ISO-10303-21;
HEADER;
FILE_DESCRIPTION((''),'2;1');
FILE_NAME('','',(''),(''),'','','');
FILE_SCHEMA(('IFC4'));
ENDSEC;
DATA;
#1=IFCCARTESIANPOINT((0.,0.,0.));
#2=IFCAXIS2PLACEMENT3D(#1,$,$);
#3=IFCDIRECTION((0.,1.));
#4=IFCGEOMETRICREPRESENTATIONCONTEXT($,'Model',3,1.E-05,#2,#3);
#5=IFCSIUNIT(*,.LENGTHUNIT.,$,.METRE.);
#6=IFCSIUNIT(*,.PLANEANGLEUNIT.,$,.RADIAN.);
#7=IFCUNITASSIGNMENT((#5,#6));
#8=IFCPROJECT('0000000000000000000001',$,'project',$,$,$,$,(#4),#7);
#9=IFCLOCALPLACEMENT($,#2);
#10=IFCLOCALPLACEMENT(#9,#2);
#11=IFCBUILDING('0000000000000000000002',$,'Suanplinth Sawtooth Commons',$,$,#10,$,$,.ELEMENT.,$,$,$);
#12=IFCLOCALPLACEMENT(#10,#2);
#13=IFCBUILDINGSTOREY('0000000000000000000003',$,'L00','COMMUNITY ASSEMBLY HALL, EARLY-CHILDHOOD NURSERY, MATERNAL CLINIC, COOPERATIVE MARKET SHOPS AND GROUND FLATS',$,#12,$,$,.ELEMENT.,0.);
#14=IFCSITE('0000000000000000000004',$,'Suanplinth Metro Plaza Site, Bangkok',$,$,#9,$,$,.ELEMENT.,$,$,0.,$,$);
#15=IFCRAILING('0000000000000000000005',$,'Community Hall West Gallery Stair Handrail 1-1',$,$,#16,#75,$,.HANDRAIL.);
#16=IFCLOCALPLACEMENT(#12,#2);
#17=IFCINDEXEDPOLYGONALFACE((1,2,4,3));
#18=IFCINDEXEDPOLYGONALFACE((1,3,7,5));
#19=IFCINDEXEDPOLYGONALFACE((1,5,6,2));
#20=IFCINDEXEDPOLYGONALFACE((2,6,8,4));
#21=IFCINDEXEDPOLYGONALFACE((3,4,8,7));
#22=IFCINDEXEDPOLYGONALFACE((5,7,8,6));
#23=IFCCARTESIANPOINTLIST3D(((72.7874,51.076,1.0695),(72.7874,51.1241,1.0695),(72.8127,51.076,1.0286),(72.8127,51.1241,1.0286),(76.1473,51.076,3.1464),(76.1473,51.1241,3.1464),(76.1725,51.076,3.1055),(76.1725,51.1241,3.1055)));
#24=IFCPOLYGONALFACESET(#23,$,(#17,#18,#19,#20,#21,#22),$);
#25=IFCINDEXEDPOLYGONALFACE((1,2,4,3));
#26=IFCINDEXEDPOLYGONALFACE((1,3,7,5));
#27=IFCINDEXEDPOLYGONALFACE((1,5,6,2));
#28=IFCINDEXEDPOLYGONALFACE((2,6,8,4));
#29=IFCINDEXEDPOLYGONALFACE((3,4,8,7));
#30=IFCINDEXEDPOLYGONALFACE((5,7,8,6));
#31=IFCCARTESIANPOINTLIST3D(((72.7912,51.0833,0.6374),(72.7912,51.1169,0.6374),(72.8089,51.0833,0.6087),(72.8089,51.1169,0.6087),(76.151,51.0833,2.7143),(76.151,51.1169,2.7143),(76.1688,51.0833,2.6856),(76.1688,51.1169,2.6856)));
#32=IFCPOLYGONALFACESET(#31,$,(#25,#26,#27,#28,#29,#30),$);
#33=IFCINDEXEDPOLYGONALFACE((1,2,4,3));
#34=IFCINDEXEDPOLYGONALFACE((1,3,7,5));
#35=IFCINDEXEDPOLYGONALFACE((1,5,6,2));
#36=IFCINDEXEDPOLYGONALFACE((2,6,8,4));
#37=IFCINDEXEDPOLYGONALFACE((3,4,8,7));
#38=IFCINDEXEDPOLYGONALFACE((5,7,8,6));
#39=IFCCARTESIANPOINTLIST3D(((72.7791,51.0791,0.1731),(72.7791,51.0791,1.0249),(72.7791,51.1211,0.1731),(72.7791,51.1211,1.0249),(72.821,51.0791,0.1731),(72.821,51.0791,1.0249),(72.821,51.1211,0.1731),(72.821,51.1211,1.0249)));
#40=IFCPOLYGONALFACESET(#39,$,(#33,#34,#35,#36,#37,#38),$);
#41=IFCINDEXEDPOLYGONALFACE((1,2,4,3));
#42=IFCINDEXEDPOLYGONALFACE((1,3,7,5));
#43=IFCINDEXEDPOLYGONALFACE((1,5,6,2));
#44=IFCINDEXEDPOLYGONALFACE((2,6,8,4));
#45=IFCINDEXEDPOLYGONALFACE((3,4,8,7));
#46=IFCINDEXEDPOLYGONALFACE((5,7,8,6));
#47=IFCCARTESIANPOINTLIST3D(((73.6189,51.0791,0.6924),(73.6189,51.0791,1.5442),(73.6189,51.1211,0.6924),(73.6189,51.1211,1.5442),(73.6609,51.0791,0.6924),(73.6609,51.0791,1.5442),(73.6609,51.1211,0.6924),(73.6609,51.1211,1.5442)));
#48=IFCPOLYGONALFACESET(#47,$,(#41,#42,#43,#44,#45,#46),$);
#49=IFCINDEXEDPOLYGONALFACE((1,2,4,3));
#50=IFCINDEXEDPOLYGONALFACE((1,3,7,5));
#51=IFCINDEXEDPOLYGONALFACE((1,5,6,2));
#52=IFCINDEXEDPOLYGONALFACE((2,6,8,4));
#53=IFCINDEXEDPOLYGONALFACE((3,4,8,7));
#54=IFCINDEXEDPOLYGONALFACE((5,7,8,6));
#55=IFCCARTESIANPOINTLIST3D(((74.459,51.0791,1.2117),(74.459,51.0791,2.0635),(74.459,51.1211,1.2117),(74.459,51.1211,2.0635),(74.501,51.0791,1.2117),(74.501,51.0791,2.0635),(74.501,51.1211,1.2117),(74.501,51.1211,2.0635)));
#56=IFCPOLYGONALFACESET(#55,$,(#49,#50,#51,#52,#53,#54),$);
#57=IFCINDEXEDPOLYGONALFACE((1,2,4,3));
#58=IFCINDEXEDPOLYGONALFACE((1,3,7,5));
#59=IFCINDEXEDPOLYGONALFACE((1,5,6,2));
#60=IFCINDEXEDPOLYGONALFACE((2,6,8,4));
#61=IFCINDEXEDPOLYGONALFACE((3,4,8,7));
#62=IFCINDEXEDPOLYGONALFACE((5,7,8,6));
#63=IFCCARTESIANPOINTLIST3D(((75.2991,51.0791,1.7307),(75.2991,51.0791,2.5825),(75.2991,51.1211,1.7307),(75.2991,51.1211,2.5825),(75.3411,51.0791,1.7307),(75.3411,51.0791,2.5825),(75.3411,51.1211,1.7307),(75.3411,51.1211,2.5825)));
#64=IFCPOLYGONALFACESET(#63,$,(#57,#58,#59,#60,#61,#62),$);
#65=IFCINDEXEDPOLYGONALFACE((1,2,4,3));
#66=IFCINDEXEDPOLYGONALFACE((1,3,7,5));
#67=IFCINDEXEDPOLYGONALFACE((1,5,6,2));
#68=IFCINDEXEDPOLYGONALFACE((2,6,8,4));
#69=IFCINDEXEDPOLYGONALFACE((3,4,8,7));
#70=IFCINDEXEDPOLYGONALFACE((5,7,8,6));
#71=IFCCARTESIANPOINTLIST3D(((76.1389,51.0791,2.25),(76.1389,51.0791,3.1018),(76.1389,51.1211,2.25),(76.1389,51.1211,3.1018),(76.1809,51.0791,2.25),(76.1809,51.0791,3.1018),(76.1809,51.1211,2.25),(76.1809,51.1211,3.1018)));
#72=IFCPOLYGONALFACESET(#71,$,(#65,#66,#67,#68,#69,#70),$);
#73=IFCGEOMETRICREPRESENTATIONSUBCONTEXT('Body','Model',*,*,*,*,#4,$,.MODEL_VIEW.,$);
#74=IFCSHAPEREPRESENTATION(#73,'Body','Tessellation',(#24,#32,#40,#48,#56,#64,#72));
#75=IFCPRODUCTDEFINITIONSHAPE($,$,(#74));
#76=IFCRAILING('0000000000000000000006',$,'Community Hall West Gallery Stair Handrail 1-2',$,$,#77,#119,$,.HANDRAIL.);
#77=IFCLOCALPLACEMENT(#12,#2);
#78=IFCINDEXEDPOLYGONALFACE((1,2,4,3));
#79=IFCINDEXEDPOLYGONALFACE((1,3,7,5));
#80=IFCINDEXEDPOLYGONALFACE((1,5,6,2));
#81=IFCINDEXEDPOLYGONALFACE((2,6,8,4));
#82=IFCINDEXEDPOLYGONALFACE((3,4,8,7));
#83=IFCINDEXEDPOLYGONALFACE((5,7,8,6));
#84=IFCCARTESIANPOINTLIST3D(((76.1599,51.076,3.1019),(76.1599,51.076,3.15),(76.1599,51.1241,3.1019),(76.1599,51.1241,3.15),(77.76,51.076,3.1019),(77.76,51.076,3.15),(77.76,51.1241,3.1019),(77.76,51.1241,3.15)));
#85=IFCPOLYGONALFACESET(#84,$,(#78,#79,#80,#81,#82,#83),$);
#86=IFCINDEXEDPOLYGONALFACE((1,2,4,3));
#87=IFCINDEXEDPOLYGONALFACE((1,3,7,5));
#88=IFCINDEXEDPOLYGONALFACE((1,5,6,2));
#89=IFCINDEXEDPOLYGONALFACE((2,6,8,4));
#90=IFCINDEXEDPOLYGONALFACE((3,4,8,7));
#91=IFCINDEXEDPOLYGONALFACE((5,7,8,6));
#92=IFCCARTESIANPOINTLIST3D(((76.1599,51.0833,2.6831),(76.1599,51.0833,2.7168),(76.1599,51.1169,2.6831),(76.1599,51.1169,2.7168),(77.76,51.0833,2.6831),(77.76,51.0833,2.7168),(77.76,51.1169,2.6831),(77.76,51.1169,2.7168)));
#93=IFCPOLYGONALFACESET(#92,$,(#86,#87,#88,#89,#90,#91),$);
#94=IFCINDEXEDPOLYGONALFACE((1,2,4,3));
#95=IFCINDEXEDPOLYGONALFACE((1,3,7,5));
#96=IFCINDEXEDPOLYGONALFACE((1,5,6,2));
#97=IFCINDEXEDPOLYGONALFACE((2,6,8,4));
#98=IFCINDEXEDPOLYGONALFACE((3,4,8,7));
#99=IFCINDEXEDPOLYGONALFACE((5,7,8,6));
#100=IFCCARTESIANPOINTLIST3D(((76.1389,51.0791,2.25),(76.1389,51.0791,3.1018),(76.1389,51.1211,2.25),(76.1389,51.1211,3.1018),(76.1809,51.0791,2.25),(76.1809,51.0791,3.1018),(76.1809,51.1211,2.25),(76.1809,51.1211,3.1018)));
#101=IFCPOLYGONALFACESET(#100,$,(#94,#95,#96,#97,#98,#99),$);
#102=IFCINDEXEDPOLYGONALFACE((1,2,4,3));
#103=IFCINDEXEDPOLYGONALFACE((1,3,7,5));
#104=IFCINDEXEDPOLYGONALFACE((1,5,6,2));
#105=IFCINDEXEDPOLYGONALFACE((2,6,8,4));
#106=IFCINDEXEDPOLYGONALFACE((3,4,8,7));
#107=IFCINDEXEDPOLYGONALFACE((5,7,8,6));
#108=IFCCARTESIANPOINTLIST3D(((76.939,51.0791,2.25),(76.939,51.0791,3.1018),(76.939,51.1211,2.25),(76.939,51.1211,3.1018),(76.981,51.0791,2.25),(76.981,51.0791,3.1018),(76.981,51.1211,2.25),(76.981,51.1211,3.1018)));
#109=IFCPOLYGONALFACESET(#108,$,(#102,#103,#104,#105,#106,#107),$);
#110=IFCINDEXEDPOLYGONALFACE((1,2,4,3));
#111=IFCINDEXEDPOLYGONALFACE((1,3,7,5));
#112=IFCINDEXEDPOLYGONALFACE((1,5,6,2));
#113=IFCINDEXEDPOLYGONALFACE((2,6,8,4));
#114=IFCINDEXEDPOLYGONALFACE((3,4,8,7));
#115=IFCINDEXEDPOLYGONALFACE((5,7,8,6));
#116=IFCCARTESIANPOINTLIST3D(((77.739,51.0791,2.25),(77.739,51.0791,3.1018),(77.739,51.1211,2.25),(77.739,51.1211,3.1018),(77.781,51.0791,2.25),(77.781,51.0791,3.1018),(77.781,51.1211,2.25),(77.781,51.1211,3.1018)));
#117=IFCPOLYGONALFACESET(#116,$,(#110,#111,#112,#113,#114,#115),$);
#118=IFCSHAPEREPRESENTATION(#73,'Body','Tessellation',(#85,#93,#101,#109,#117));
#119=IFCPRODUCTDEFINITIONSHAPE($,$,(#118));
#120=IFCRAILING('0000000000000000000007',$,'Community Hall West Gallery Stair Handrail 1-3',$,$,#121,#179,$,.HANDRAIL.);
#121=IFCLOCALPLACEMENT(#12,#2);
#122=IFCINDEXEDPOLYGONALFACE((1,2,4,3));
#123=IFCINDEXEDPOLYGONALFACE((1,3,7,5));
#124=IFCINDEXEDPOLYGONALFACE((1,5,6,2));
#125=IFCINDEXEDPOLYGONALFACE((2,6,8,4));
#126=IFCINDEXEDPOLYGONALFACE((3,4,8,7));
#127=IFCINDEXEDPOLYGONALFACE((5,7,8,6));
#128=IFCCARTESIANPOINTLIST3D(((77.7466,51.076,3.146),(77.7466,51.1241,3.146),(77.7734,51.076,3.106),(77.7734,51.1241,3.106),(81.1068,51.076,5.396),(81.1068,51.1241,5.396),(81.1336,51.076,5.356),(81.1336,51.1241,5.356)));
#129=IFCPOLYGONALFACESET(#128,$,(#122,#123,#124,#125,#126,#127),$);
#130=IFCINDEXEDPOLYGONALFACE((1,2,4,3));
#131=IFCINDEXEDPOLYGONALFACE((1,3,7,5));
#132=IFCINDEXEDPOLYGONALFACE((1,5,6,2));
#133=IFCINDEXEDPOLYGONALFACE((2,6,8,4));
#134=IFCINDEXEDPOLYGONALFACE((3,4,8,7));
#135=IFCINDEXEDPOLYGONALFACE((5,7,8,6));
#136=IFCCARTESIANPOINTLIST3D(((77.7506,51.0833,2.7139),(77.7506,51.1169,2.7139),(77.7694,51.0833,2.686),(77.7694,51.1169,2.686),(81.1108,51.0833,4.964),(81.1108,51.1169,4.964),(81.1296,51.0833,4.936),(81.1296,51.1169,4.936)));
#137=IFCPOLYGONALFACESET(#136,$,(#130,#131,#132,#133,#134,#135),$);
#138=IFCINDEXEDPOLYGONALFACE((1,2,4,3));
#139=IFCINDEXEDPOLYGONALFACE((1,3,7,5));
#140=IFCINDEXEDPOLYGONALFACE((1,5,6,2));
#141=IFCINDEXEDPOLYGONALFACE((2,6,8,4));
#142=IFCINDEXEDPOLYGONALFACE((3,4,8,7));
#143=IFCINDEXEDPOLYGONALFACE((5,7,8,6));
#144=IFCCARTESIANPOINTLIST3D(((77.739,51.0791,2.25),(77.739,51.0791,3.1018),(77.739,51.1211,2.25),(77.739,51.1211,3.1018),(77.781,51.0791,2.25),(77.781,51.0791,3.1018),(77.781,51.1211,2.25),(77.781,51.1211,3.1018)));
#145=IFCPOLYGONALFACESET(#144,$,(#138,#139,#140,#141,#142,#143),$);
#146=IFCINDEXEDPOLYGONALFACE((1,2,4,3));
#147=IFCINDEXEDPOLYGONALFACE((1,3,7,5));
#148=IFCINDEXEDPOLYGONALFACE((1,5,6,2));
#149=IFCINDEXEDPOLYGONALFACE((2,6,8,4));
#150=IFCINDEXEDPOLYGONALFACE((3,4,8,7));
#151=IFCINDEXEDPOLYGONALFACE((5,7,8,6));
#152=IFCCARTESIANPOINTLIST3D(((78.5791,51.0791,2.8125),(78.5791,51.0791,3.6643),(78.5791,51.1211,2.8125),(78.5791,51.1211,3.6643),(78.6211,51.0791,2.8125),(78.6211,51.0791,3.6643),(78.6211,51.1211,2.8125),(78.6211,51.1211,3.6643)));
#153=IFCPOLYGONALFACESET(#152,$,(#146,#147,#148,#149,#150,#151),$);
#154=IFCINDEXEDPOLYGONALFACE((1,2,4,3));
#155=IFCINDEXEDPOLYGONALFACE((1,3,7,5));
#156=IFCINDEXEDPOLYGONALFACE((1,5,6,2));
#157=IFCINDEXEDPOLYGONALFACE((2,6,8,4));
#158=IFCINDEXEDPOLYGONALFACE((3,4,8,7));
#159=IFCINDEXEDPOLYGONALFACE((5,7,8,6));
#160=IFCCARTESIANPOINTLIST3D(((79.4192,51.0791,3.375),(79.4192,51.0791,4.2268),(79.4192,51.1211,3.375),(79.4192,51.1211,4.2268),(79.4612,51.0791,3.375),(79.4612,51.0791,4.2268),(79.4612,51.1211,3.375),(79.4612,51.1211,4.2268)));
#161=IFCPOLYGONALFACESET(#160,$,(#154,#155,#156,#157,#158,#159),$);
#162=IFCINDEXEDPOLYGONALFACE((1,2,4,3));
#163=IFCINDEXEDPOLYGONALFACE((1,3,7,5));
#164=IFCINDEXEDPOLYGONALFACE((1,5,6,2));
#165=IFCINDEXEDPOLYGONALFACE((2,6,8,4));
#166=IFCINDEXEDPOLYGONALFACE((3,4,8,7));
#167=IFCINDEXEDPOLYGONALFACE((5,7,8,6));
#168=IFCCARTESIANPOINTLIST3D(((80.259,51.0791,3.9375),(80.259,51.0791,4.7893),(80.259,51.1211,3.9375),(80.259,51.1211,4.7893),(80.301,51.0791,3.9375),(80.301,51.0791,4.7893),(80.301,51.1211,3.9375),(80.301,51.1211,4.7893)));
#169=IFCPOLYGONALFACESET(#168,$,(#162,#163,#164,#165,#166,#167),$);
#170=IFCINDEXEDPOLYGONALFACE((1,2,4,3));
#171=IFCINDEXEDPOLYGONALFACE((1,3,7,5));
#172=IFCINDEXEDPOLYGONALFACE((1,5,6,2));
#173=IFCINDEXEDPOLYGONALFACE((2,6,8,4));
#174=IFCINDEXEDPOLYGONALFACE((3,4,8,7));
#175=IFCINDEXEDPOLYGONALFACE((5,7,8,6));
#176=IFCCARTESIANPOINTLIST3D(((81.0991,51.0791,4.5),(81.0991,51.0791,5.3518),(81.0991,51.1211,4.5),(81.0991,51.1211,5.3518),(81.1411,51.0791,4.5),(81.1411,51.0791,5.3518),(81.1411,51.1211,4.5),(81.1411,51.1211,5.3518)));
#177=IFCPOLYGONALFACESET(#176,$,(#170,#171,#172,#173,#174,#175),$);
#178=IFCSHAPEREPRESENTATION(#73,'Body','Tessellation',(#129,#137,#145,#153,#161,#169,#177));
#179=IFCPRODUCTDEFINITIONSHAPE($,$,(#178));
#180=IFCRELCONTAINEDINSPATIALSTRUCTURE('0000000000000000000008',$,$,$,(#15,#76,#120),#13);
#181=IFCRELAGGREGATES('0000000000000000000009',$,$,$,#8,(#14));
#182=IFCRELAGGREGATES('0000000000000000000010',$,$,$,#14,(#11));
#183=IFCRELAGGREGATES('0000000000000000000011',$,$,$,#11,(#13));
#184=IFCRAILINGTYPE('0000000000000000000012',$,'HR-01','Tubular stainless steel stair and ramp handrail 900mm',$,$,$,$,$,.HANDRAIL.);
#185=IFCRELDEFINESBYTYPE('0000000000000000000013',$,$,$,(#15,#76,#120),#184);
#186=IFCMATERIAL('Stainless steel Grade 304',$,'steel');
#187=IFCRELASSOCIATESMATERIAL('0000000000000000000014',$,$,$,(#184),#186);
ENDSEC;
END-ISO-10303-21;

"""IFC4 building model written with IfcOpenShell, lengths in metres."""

from ifc_helpers import new_model, si_unit, direction, frame, origin, origin_2d, place, context, subcontext, project, spatial, rectangle, extrude, material, type_object, element, save


model = new_model("IFC4")

# Units and contexts
model_context = context("Model", 3, precision=1e-05, world=origin(), true_north=direction((0.0, 1.0)))
body_context = subcontext(model_context, "Body", "Model", "MODEL_VIEW")
ifc_project = project(units=[si_unit("LENGTHUNIT", "METRE"), si_unit("PLANEANGLEUNIT", "RADIAN")], contexts=[model_context])

# Site, building, storey
site_placement = place(None, origin())
site = spatial("IfcSite", under=ifc_project, at=site_placement, Name="Suanplinth Metro Plaza Site, Bangkok", CompositionType="ELEMENT", RefElevation=0.0)
building_placement = place(site_placement, origin())
building = spatial("IfcBuilding", under=site, at=building_placement, Name="Suanplinth Sawtooth Commons", CompositionType="ELEMENT")
storey_placement = place(building_placement, origin())
storey = spatial("IfcBuildingStorey", under=building, at=storey_placement, Name="L00", Description="COMMUNITY ASSEMBLY HALL, EARLY-CHILDHOOD NURSERY, MATERNAL CLINIC, COOPERATIVE MARKET SHOPS AND GROUND FLATS", CompositionType="ELEMENT", Elevation=0.0)

# Railings
ifc_material_1 = material(Name="Stainless steel Grade 304", Category="steel")
railing_type_1 = type_object("IfcRailingType", Name="HR-01", Description="Tubular stainless steel stair and ramp handrail 900mm", PredefinedType="HANDRAIL", material=ifc_material_1)
railing_1_placement = place(storey_placement, frame((72.8, 51.1001, 0.1731)))
element("IfcRailing", 1, at=railing_1_placement, inside=storey, type_object=railing_type_1, Name="Community Hall West Gallery Stair Handrail 1-1", PredefinedType="HANDRAIL", context=body_context, shape_type="SweptSolid", body=[
    extrude(rectangle(XDim=0.0481, YDim=0.0481, at=origin_2d()), frame((0.0, 0.0, 0.876), z_axis=(0.850606, 0.0, 0.525803), x_axis=(0.0, 1.0, 0.0)), (0.0, 0.0, 1.0), 3.95),
    extrude(rectangle(XDim=0.0337, YDim=0.0337, at=origin_2d()), frame((0.0, 0.0, 0.45), z_axis=(0.850606, 0.0, 0.525803), x_axis=(0.0, 1.0, 0.0)), (0.0, 0.0, 1.0), 3.95),
    extrude(rectangle(XDim=0.042, YDim=0.042, at=origin_2d()), origin(), (0.0, 0.0, 1.0), 0.8518),
    extrude(rectangle(XDim=0.042, YDim=0.042, at=origin_2d()), frame((0.8398, 0.0, 0.5193)), (0.0, 0.0, 1.0), 0.8518),
    extrude(rectangle(XDim=0.042, YDim=0.042, at=origin_2d()), frame((1.6799, 0.0, 1.0386)), (0.0, 0.0, 1.0), 0.8518),
    extrude(rectangle(XDim=0.042, YDim=0.042, at=origin_2d()), frame((2.52, 0.0, 1.5576)), (0.0, 0.0, 1.0), 0.8518),
    extrude(rectangle(XDim=0.042, YDim=0.042, at=origin_2d()), frame((3.3599, 0.0, 2.0769)), (0.0, 0.0, 1.0), 0.8518),
])
railing_2_placement = place(storey_placement, frame((76.1599, 51.1001, 2.25)))
element("IfcRailing", 2, at=railing_2_placement, inside=storey, type_object=railing_type_1, Name="Community Hall West Gallery Stair Handrail 1-2", PredefinedType="HANDRAIL", context=body_context, shape_type="SweptSolid", body=[
    extrude(rectangle(XDim=0.0481, YDim=0.0481, at=origin_2d()), frame((0.0, 0.0, 0.876), z_axis=(1.0, 0.0, 0.0), x_axis=(0.0, 1.0, 0.0)), (0.0, 0.0, 1.0), 1.6001),
    extrude(rectangle(XDim=0.0337, YDim=0.0337, at=origin_2d()), frame((0.0, 0.0, 0.45), z_axis=(1.0, 0.0, 0.0), x_axis=(0.0, 1.0, 0.0)), (0.0, 0.0, 1.0), 1.6001),
    extrude(rectangle(XDim=0.042, YDim=0.042, at=origin_2d()), origin(), (0.0, 0.0, 1.0), 0.8518),
    extrude(rectangle(XDim=0.042, YDim=0.042, at=origin_2d()), frame((0.8, 0.0, 0.0)), (0.0, 0.0, 1.0), 0.8518),
    extrude(rectangle(XDim=0.042, YDim=0.042, at=origin_2d()), frame((1.6001, 0.0, 0.0)), (0.0, 0.0, 1.0), 0.8518),
])
railing_3_placement = place(storey_placement, frame((77.76, 51.1001, 2.25)))
element("IfcRailing", 3, at=railing_3_placement, inside=storey, type_object=railing_type_1, Name="Community Hall West Gallery Stair Handrail 1-3", PredefinedType="HANDRAIL", context=body_context, shape_type="SweptSolid", body=[
    extrude(rectangle(XDim=0.0481, YDim=0.0481, at=origin_2d()), frame((0.0, 0.0, 0.876), z_axis=(0.830915, 0.0, 0.556399), x_axis=(0.0, 1.0, 0.0)), (0.0, 0.0, 1.0), 4.0439),
    extrude(rectangle(XDim=0.0337, YDim=0.0337, at=origin_2d()), frame((0.0, 0.0, 0.45), z_axis=(0.830915, 0.0, 0.556399), x_axis=(0.0, 1.0, 0.0)), (0.0, 0.0, 1.0), 4.0439),
    extrude(rectangle(XDim=0.042, YDim=0.042, at=origin_2d()), origin(), (0.0, 0.0, 1.0), 0.8518),
    extrude(rectangle(XDim=0.042, YDim=0.042, at=origin_2d()), frame((0.8401, 0.0, 0.5625)), (0.0, 0.0, 1.0), 0.8518),
    extrude(rectangle(XDim=0.042, YDim=0.042, at=origin_2d()), frame((1.6802, 0.0, 1.125)), (0.0, 0.0, 1.0), 0.8518),
    extrude(rectangle(XDim=0.042, YDim=0.042, at=origin_2d()), frame((2.52, 0.0, 1.6875)), (0.0, 0.0, 1.0), 0.8518),
    extrude(rectangle(XDim=0.042, YDim=0.042, at=origin_2d()), frame((3.3601, 0.0, 2.25)), (0.0, 0.0, 1.0), 0.8518),
])

save(model, "model.ifc")
